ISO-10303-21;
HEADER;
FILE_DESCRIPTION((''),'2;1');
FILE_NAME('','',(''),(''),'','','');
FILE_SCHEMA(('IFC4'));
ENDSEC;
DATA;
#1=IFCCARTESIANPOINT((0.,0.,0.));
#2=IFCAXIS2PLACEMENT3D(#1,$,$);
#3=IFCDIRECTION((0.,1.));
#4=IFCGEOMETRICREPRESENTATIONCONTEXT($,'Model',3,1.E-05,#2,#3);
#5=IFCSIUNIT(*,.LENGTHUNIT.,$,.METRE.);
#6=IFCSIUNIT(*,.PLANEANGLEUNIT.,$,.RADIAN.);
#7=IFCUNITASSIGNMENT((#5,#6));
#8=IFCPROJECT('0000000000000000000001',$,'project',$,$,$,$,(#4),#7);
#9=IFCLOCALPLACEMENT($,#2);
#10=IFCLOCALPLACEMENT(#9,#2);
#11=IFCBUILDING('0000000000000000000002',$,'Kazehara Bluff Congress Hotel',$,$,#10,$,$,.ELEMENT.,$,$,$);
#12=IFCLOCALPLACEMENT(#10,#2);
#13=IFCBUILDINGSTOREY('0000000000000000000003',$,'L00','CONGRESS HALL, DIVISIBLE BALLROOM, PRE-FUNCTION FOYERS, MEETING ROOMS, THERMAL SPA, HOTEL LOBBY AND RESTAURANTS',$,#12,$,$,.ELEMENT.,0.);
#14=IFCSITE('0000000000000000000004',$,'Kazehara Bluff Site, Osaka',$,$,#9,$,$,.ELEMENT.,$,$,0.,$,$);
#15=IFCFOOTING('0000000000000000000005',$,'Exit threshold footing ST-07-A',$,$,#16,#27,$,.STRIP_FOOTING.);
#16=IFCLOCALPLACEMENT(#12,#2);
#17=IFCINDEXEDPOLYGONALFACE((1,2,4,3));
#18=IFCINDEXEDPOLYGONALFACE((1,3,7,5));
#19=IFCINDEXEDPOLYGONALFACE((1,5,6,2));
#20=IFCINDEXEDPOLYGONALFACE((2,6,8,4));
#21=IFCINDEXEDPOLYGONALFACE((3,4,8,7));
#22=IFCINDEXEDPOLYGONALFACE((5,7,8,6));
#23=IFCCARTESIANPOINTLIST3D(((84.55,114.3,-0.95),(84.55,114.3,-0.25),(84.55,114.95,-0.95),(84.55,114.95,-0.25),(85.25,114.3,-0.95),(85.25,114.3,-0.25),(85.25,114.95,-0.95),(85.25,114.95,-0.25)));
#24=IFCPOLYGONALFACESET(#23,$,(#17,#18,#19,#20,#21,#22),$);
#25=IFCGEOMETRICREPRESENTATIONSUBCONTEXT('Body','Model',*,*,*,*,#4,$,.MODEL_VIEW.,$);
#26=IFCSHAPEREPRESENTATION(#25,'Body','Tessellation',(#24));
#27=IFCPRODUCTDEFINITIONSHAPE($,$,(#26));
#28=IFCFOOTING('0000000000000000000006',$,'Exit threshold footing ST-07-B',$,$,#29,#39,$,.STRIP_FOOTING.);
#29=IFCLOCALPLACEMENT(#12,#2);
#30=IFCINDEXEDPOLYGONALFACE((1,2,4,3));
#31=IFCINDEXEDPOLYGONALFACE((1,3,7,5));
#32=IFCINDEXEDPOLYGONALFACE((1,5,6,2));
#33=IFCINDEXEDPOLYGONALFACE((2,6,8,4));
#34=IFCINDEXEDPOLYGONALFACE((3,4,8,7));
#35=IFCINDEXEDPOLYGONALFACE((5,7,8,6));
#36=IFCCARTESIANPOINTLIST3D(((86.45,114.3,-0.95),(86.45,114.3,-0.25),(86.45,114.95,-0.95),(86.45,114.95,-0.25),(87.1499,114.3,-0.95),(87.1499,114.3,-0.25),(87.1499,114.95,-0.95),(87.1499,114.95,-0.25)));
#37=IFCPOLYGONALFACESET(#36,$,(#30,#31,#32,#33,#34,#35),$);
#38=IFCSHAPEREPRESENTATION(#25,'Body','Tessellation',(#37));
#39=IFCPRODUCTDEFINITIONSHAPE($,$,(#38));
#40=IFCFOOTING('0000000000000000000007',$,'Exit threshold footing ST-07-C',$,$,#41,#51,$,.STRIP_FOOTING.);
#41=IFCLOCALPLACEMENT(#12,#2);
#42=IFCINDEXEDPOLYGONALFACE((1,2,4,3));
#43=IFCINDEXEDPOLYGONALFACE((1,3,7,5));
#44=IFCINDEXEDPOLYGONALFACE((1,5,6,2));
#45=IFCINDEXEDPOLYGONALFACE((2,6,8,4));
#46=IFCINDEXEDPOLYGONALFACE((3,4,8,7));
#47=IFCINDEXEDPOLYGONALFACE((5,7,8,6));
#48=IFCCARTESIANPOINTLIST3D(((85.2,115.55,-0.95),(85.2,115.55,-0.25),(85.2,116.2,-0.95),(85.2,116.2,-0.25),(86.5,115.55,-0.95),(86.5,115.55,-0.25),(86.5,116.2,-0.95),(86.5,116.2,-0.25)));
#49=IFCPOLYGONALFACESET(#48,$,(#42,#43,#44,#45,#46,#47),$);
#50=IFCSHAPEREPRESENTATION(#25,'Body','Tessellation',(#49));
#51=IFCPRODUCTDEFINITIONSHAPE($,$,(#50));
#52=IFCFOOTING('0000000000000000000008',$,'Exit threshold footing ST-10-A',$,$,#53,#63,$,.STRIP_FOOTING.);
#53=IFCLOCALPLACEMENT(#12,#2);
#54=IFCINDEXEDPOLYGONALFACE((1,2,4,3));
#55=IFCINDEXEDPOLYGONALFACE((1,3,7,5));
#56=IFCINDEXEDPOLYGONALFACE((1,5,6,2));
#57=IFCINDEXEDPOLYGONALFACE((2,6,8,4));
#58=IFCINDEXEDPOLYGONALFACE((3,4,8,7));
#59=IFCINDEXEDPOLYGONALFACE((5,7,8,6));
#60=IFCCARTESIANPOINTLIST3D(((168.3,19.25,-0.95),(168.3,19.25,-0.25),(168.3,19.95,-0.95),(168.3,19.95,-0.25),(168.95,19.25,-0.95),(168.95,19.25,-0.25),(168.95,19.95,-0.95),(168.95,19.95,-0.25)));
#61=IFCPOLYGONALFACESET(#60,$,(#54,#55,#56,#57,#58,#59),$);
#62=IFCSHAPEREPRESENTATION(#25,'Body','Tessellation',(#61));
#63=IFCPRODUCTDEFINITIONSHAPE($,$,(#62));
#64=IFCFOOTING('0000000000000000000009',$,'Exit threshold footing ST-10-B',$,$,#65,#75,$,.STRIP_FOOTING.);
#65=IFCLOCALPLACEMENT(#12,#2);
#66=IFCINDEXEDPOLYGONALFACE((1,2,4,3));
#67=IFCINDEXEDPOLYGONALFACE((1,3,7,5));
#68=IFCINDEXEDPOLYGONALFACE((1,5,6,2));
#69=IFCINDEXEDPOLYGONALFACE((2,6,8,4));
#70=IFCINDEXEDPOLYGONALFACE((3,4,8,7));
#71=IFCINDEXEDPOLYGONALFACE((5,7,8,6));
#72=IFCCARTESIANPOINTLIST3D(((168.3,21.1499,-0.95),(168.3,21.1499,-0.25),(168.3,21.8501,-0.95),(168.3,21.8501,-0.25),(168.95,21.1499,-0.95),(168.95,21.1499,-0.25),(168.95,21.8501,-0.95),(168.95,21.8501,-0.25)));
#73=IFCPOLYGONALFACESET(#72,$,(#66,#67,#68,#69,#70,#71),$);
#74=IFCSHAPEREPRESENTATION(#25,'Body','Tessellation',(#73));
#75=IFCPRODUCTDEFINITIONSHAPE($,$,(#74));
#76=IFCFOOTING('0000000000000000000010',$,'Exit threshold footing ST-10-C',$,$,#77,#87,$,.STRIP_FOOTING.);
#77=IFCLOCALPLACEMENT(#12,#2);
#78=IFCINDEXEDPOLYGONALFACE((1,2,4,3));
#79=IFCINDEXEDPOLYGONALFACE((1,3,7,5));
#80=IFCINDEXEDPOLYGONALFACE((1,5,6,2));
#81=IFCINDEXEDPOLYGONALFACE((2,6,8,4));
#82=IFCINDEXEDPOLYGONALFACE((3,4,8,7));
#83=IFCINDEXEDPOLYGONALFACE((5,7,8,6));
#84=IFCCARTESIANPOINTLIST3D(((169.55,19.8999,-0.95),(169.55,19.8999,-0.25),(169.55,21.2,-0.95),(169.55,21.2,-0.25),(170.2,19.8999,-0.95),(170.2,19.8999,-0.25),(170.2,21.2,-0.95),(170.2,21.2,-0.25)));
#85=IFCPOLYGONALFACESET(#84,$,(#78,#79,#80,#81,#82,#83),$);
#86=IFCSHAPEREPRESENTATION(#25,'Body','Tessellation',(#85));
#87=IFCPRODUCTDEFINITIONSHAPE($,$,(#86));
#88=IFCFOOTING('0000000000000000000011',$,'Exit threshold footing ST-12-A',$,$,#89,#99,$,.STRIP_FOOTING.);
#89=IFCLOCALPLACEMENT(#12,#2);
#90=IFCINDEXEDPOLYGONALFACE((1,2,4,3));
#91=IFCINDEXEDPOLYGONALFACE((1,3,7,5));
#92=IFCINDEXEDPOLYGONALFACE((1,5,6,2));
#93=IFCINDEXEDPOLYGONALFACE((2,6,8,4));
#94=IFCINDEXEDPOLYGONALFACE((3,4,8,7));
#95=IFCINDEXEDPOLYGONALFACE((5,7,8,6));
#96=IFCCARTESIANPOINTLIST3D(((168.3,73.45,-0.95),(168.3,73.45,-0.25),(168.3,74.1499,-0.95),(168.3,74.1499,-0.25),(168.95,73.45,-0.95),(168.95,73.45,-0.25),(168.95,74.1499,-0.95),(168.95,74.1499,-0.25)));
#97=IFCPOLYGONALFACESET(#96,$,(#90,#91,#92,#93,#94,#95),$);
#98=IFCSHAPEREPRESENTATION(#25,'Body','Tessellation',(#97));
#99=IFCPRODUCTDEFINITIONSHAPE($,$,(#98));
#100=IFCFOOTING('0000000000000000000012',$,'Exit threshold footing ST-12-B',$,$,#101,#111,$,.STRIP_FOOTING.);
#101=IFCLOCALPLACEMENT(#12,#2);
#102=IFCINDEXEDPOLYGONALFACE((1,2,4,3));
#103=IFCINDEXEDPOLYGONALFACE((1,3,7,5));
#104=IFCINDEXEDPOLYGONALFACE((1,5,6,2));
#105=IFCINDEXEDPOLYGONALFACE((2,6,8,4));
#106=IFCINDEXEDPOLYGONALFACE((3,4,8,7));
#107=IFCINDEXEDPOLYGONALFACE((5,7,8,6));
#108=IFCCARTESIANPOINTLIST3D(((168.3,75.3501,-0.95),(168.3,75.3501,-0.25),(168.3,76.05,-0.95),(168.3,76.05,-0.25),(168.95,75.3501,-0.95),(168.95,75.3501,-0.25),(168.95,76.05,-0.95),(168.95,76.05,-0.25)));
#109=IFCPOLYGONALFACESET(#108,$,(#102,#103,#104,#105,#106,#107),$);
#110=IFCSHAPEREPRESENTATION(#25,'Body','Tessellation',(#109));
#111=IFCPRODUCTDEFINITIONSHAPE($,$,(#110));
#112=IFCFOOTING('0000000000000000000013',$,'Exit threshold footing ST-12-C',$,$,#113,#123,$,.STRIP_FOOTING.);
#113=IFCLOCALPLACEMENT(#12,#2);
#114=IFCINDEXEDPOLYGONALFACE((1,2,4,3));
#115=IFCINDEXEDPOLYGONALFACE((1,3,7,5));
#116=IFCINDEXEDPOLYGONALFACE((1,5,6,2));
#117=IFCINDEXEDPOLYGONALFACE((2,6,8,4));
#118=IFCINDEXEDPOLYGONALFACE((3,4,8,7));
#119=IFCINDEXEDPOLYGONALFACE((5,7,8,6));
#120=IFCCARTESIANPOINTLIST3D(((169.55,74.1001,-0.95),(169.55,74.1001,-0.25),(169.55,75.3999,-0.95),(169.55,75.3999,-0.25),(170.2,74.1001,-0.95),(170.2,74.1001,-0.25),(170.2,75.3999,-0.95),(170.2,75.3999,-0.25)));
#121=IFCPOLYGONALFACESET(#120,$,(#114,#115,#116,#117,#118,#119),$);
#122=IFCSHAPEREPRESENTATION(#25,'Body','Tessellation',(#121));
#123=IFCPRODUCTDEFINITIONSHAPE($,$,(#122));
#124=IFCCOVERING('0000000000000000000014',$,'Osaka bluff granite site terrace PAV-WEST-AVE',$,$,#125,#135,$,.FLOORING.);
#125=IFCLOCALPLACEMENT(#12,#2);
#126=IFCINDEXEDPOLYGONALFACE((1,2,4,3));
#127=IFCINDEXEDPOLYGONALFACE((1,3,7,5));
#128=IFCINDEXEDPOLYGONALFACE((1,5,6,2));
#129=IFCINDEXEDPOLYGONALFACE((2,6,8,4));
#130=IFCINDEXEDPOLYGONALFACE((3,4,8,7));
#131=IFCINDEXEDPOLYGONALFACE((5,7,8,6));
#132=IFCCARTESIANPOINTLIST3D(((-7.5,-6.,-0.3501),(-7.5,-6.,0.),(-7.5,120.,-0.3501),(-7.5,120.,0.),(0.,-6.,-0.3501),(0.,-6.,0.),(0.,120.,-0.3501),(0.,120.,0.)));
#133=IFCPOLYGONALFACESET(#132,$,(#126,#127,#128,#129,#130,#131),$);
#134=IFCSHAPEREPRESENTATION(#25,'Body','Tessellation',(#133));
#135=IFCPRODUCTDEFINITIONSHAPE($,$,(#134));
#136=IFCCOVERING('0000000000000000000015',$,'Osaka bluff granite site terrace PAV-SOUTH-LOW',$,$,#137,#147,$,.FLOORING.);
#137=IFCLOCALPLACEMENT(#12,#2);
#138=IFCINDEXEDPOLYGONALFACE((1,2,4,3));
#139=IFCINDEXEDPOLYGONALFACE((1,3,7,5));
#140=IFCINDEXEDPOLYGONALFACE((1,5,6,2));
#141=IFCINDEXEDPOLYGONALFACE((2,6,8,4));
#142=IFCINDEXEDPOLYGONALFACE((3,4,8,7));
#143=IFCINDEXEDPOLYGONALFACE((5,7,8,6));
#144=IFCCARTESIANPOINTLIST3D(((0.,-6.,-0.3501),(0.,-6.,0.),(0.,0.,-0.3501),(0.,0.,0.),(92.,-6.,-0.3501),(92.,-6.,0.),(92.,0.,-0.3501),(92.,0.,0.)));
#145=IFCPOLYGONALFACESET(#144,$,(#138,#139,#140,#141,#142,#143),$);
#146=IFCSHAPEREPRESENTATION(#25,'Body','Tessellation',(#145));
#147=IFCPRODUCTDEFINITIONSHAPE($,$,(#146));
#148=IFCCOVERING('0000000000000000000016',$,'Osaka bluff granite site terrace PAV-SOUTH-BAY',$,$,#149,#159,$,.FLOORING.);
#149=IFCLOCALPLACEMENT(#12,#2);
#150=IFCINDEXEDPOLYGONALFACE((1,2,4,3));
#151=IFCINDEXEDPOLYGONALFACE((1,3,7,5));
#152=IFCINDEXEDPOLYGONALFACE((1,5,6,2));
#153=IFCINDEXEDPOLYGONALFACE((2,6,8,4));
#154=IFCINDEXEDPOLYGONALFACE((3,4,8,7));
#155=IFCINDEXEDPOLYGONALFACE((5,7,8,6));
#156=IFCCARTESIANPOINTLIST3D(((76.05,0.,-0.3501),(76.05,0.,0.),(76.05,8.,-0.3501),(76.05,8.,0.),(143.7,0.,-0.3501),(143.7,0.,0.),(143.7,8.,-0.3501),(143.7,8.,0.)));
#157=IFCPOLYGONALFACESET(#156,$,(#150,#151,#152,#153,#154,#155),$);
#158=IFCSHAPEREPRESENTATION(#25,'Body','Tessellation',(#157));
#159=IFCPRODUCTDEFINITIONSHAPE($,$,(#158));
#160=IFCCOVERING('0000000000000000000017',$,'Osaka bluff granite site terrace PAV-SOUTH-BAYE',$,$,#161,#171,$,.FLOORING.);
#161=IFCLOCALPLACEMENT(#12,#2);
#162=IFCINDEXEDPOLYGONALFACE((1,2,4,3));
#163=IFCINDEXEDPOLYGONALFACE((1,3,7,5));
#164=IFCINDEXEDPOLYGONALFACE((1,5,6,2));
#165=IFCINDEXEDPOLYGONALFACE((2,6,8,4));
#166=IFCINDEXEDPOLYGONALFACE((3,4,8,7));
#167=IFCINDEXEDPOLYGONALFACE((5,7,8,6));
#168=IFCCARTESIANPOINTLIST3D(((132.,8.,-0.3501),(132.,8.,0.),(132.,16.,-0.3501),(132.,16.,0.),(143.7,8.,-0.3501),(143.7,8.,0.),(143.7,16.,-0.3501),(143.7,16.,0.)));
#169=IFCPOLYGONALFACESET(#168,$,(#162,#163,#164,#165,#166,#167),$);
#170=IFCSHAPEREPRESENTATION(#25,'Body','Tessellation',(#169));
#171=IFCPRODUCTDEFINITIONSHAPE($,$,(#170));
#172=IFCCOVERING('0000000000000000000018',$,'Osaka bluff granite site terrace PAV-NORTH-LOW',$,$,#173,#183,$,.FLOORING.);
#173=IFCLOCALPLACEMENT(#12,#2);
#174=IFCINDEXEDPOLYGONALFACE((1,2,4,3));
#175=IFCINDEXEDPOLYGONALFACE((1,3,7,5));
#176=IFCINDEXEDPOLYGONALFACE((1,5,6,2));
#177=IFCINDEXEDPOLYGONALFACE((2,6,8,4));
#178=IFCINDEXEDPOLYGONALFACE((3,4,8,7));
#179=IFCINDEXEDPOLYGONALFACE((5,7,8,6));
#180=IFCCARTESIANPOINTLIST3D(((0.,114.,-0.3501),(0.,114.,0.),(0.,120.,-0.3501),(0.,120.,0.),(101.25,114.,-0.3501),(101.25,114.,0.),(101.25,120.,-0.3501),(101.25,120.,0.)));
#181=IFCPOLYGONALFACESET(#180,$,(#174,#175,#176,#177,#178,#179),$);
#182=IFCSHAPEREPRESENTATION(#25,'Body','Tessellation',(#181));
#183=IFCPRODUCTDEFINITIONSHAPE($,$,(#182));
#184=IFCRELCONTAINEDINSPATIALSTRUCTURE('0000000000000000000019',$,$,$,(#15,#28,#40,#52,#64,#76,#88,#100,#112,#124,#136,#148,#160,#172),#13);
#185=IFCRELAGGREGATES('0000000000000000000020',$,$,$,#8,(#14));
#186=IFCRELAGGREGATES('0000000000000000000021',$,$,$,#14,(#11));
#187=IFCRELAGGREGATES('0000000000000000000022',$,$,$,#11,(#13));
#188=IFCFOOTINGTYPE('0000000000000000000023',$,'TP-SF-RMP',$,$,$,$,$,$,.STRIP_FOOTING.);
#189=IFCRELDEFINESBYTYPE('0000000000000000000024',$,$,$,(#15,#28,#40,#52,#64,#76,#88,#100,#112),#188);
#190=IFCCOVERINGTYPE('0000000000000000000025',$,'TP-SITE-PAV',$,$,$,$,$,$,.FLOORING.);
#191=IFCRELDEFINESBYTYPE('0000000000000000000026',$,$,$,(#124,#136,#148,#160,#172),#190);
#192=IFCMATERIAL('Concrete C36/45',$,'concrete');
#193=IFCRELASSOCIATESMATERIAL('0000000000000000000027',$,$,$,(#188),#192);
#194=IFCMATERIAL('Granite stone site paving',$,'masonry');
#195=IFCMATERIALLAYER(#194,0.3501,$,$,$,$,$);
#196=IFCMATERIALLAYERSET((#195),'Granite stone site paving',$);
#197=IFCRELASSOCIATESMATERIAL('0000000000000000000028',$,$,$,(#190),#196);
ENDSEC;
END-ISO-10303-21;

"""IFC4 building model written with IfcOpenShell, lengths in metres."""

from ifc_helpers import new_model, si_unit, direction, frame, origin, place, context, subcontext, project, spatial, polyline, outline, extrude, material, layer, layer_set, type_object, element, save


model = new_model("IFC4")

# Units and contexts
model_context = context("Model", 3, precision=1e-05, world=origin(), true_north=direction((0.0, 1.0)))
body_context = subcontext(model_context, "Body", "Model", "MODEL_VIEW")
ifc_project = project(units=[si_unit("LENGTHUNIT", "METRE"), si_unit("PLANEANGLEUNIT", "RADIAN")], contexts=[model_context])

# Site, building, storey
site_placement = place(None, origin())
site = spatial("IfcSite", under=ifc_project, at=site_placement, Name="Kazehara Bluff Site, Osaka", CompositionType="ELEMENT", RefElevation=0.0)
building_placement = place(site_placement, origin())
building = spatial("IfcBuilding", under=site, at=building_placement, Name="Kazehara Bluff Congress Hotel", CompositionType="ELEMENT")
storey_placement = place(building_placement, origin())
storey = spatial("IfcBuildingStorey", under=building, at=storey_placement, Name="L00", Description="CONGRESS HALL, DIVISIBLE BALLROOM, PRE-FUNCTION FOYERS, MEETING ROOMS, THERMAL SPA, HOTEL LOBBY AND RESTAURANTS", CompositionType="ELEMENT", Elevation=0.0)

# Footings
ifc_material_1 = material(Name="Concrete C36/45", Category="concrete")
footing_type = type_object("IfcFootingType", Name="TP-SF-RMP", PredefinedType="STRIP_FOOTING", material=ifc_material_1)
footing_1_placement = place(storey_placement, frame((0.0, 0.0, -0.95)))
element("IfcFooting", 1, at=footing_1_placement, inside=storey, type_object=footing_type, Name="Exit threshold footing ST-07-A", PredefinedType="STRIP_FOOTING", context=body_context, shape_type="SweptSolid", body=[
    extrude(outline(polyline([(84.55, 114.3), (85.25, 114.3), (85.25, 114.95), (84.55, 114.95), (84.55, 114.3)])), origin(), (0.0, 0.0, 1.0), 0.7),
])
footing_2_placement = place(storey_placement, frame((0.0, 0.0, -0.95)))
element("IfcFooting", 2, at=footing_2_placement, inside=storey, type_object=footing_type, Name="Exit threshold footing ST-07-B", PredefinedType="STRIP_FOOTING", context=body_context, shape_type="SweptSolid", body=[
    extrude(outline(polyline([(86.45, 114.3), (87.1499, 114.3), (87.1499, 114.95), (86.45, 114.95), (86.45, 114.3)])), origin(), (0.0, 0.0, 1.0), 0.7),
])
footing_3_placement = place(storey_placement, frame((0.0, 0.0, -0.95)))
element("IfcFooting", 3, at=footing_3_placement, inside=storey, type_object=footing_type, Name="Exit threshold footing ST-07-C", PredefinedType="STRIP_FOOTING", context=body_context, shape_type="SweptSolid", body=[
    extrude(outline(polyline([(85.2, 115.55), (86.5, 115.55), (86.5, 116.2), (85.2, 116.2), (85.2, 115.55)])), origin(), (0.0, 0.0, 1.0), 0.7),
])
footing_4_placement = place(storey_placement, frame((0.0, 0.0, -0.95)))
element("IfcFooting", 4, at=footing_4_placement, inside=storey, type_object=footing_type, Name="Exit threshold footing ST-10-A", PredefinedType="STRIP_FOOTING", context=body_context, shape_type="SweptSolid", body=[
    extrude(outline(polyline([(168.3, 19.25), (168.95, 19.25), (168.95, 19.95), (168.3, 19.95), (168.3, 19.25)])), origin(), (0.0, 0.0, 1.0), 0.7),
])
footing_5_placement = place(storey_placement, frame((0.0, 0.0, -0.95)))
element("IfcFooting", 5, at=footing_5_placement, inside=storey, type_object=footing_type, Name="Exit threshold footing ST-10-B", PredefinedType="STRIP_FOOTING", context=body_context, shape_type="SweptSolid", body=[
    extrude(outline(polyline([(168.3, 21.1499), (168.95, 21.1499), (168.95, 21.8501), (168.3, 21.8501), (168.3, 21.1499)])), origin(), (0.0, 0.0, 1.0), 0.7),
])
footing_6_placement = place(storey_placement, frame((0.0, 0.0, -0.95)))
element("IfcFooting", 6, at=footing_6_placement, inside=storey, type_object=footing_type, Name="Exit threshold footing ST-10-C", PredefinedType="STRIP_FOOTING", context=body_context, shape_type="SweptSolid", body=[
    extrude(outline(polyline([(169.55, 19.8999), (170.2, 19.8999), (170.2, 21.2), (169.55, 21.2), (169.55, 19.8999)])), origin(), (0.0, 0.0, 1.0), 0.7),
])
footing_7_placement = place(storey_placement, frame((0.0, 0.0, -0.95)))
element("IfcFooting", 7, at=footing_7_placement, inside=storey, type_object=footing_type, Name="Exit threshold footing ST-12-A", PredefinedType="STRIP_FOOTING", context=body_context, shape_type="SweptSolid", body=[
    extrude(outline(polyline([(168.3, 73.45), (168.95, 73.45), (168.95, 74.1499), (168.3, 74.1499), (168.3, 73.45)])), origin(), (0.0, 0.0, 1.0), 0.7),
])
footing_8_placement = place(storey_placement, frame((0.0, 0.0, -0.95)))
element("IfcFooting", 8, at=footing_8_placement, inside=storey, type_object=footing_type, Name="Exit threshold footing ST-12-B", PredefinedType="STRIP_FOOTING", context=body_context, shape_type="SweptSolid", body=[
    extrude(outline(polyline([(168.3, 75.3501), (168.95, 75.3501), (168.95, 76.05), (168.3, 76.05), (168.3, 75.3501)])), origin(), (0.0, 0.0, 1.0), 0.7),
])
footing_9_placement = place(storey_placement, frame((0.0, 0.0, -0.95)))
element("IfcFooting", 9, at=footing_9_placement, inside=storey, type_object=footing_type, Name="Exit threshold footing ST-12-C", PredefinedType="STRIP_FOOTING", context=body_context, shape_type="SweptSolid", body=[
    extrude(outline(polyline([(169.55, 74.1001), (170.2, 74.1001), (170.2, 75.3999), (169.55, 75.3999), (169.55, 74.1001)])), origin(), (0.0, 0.0, 1.0), 0.7),
])

# Coverings
ifc_material_2 = material(Name="Granite stone site paving", Category="masonry")
ifc_layer = layer(ifc_material_2, 0.3501)
ifc_layer_set = layer_set([ifc_layer], Name="Granite stone site paving")
covering_type = type_object("IfcCoveringType", Name="TP-SITE-PAV", PredefinedType="FLOORING", material=ifc_layer_set)
covering_1_placement = place(storey_placement, frame((0.0, 0.0, -0.3501)))
element("IfcCovering", 10, at=covering_1_placement, inside=storey, type_object=covering_type, Name="Osaka bluff granite site terrace PAV-WEST-AVE", PredefinedType="FLOORING", context=body_context, shape_type="SweptSolid", body=[
    extrude(outline(polyline([(-7.5, -6.0), (0.0, -6.0), (0.0, 120.0), (-7.5, 120.0), (-7.5, -6.0)])), origin(), (0.0, 0.0, 1.0), 0.3501),
])
covering_2_placement = place(storey_placement, frame((0.0, 0.0, -0.3501)))
element("IfcCovering", 11, at=covering_2_placement, inside=storey, type_object=covering_type, Name="Osaka bluff granite site terrace PAV-SOUTH-LOW", PredefinedType="FLOORING", context=body_context, shape_type="SweptSolid", body=[
    extrude(outline(polyline([(0.0, -6.0), (92.0, -6.0), (92.0, 0.0), (0.0, 0.0), (0.0, -6.0)])), origin(), (0.0, 0.0, 1.0), 0.3501),
])
covering_3_placement = place(storey_placement, frame((0.0, 0.0, -0.3501)))
element("IfcCovering", 12, at=covering_3_placement, inside=storey, type_object=covering_type, Name="Osaka bluff granite site terrace PAV-SOUTH-BAY", PredefinedType="FLOORING", context=body_context, shape_type="SweptSolid", body=[
    extrude(outline(polyline([(76.05, 0.0), (143.7, 0.0), (143.7, 8.0), (76.05, 8.0), (76.05, 0.0)])), origin(), (0.0, 0.0, 1.0), 0.3501),
])
covering_4_placement = place(storey_placement, frame((0.0, 0.0, -0.3501)))
element("IfcCovering", 13, at=covering_4_placement, inside=storey, type_object=covering_type, Name="Osaka bluff granite site terrace PAV-SOUTH-BAYE", PredefinedType="FLOORING", context=body_context, shape_type="SweptSolid", body=[
    extrude(outline(polyline([(132.0, 8.0), (143.7, 8.0), (143.7, 16.0), (132.0, 16.0), (132.0, 8.0)])), origin(), (0.0, 0.0, 1.0), 0.3501),
])
covering_5_placement = place(storey_placement, frame((0.0, 0.0, -0.3501)))
element("IfcCovering", 14, at=covering_5_placement, inside=storey, type_object=covering_type, Name="Osaka bluff granite site terrace PAV-NORTH-LOW", PredefinedType="FLOORING", context=body_context, shape_type="SweptSolid", body=[
    extrude(outline(polyline([(0.0, 114.0), (101.25, 114.0), (101.25, 120.0), (0.0, 120.0), (0.0, 114.0)])), origin(), (0.0, 0.0, 1.0), 0.3501),
])

save(model, "model.ifc")
